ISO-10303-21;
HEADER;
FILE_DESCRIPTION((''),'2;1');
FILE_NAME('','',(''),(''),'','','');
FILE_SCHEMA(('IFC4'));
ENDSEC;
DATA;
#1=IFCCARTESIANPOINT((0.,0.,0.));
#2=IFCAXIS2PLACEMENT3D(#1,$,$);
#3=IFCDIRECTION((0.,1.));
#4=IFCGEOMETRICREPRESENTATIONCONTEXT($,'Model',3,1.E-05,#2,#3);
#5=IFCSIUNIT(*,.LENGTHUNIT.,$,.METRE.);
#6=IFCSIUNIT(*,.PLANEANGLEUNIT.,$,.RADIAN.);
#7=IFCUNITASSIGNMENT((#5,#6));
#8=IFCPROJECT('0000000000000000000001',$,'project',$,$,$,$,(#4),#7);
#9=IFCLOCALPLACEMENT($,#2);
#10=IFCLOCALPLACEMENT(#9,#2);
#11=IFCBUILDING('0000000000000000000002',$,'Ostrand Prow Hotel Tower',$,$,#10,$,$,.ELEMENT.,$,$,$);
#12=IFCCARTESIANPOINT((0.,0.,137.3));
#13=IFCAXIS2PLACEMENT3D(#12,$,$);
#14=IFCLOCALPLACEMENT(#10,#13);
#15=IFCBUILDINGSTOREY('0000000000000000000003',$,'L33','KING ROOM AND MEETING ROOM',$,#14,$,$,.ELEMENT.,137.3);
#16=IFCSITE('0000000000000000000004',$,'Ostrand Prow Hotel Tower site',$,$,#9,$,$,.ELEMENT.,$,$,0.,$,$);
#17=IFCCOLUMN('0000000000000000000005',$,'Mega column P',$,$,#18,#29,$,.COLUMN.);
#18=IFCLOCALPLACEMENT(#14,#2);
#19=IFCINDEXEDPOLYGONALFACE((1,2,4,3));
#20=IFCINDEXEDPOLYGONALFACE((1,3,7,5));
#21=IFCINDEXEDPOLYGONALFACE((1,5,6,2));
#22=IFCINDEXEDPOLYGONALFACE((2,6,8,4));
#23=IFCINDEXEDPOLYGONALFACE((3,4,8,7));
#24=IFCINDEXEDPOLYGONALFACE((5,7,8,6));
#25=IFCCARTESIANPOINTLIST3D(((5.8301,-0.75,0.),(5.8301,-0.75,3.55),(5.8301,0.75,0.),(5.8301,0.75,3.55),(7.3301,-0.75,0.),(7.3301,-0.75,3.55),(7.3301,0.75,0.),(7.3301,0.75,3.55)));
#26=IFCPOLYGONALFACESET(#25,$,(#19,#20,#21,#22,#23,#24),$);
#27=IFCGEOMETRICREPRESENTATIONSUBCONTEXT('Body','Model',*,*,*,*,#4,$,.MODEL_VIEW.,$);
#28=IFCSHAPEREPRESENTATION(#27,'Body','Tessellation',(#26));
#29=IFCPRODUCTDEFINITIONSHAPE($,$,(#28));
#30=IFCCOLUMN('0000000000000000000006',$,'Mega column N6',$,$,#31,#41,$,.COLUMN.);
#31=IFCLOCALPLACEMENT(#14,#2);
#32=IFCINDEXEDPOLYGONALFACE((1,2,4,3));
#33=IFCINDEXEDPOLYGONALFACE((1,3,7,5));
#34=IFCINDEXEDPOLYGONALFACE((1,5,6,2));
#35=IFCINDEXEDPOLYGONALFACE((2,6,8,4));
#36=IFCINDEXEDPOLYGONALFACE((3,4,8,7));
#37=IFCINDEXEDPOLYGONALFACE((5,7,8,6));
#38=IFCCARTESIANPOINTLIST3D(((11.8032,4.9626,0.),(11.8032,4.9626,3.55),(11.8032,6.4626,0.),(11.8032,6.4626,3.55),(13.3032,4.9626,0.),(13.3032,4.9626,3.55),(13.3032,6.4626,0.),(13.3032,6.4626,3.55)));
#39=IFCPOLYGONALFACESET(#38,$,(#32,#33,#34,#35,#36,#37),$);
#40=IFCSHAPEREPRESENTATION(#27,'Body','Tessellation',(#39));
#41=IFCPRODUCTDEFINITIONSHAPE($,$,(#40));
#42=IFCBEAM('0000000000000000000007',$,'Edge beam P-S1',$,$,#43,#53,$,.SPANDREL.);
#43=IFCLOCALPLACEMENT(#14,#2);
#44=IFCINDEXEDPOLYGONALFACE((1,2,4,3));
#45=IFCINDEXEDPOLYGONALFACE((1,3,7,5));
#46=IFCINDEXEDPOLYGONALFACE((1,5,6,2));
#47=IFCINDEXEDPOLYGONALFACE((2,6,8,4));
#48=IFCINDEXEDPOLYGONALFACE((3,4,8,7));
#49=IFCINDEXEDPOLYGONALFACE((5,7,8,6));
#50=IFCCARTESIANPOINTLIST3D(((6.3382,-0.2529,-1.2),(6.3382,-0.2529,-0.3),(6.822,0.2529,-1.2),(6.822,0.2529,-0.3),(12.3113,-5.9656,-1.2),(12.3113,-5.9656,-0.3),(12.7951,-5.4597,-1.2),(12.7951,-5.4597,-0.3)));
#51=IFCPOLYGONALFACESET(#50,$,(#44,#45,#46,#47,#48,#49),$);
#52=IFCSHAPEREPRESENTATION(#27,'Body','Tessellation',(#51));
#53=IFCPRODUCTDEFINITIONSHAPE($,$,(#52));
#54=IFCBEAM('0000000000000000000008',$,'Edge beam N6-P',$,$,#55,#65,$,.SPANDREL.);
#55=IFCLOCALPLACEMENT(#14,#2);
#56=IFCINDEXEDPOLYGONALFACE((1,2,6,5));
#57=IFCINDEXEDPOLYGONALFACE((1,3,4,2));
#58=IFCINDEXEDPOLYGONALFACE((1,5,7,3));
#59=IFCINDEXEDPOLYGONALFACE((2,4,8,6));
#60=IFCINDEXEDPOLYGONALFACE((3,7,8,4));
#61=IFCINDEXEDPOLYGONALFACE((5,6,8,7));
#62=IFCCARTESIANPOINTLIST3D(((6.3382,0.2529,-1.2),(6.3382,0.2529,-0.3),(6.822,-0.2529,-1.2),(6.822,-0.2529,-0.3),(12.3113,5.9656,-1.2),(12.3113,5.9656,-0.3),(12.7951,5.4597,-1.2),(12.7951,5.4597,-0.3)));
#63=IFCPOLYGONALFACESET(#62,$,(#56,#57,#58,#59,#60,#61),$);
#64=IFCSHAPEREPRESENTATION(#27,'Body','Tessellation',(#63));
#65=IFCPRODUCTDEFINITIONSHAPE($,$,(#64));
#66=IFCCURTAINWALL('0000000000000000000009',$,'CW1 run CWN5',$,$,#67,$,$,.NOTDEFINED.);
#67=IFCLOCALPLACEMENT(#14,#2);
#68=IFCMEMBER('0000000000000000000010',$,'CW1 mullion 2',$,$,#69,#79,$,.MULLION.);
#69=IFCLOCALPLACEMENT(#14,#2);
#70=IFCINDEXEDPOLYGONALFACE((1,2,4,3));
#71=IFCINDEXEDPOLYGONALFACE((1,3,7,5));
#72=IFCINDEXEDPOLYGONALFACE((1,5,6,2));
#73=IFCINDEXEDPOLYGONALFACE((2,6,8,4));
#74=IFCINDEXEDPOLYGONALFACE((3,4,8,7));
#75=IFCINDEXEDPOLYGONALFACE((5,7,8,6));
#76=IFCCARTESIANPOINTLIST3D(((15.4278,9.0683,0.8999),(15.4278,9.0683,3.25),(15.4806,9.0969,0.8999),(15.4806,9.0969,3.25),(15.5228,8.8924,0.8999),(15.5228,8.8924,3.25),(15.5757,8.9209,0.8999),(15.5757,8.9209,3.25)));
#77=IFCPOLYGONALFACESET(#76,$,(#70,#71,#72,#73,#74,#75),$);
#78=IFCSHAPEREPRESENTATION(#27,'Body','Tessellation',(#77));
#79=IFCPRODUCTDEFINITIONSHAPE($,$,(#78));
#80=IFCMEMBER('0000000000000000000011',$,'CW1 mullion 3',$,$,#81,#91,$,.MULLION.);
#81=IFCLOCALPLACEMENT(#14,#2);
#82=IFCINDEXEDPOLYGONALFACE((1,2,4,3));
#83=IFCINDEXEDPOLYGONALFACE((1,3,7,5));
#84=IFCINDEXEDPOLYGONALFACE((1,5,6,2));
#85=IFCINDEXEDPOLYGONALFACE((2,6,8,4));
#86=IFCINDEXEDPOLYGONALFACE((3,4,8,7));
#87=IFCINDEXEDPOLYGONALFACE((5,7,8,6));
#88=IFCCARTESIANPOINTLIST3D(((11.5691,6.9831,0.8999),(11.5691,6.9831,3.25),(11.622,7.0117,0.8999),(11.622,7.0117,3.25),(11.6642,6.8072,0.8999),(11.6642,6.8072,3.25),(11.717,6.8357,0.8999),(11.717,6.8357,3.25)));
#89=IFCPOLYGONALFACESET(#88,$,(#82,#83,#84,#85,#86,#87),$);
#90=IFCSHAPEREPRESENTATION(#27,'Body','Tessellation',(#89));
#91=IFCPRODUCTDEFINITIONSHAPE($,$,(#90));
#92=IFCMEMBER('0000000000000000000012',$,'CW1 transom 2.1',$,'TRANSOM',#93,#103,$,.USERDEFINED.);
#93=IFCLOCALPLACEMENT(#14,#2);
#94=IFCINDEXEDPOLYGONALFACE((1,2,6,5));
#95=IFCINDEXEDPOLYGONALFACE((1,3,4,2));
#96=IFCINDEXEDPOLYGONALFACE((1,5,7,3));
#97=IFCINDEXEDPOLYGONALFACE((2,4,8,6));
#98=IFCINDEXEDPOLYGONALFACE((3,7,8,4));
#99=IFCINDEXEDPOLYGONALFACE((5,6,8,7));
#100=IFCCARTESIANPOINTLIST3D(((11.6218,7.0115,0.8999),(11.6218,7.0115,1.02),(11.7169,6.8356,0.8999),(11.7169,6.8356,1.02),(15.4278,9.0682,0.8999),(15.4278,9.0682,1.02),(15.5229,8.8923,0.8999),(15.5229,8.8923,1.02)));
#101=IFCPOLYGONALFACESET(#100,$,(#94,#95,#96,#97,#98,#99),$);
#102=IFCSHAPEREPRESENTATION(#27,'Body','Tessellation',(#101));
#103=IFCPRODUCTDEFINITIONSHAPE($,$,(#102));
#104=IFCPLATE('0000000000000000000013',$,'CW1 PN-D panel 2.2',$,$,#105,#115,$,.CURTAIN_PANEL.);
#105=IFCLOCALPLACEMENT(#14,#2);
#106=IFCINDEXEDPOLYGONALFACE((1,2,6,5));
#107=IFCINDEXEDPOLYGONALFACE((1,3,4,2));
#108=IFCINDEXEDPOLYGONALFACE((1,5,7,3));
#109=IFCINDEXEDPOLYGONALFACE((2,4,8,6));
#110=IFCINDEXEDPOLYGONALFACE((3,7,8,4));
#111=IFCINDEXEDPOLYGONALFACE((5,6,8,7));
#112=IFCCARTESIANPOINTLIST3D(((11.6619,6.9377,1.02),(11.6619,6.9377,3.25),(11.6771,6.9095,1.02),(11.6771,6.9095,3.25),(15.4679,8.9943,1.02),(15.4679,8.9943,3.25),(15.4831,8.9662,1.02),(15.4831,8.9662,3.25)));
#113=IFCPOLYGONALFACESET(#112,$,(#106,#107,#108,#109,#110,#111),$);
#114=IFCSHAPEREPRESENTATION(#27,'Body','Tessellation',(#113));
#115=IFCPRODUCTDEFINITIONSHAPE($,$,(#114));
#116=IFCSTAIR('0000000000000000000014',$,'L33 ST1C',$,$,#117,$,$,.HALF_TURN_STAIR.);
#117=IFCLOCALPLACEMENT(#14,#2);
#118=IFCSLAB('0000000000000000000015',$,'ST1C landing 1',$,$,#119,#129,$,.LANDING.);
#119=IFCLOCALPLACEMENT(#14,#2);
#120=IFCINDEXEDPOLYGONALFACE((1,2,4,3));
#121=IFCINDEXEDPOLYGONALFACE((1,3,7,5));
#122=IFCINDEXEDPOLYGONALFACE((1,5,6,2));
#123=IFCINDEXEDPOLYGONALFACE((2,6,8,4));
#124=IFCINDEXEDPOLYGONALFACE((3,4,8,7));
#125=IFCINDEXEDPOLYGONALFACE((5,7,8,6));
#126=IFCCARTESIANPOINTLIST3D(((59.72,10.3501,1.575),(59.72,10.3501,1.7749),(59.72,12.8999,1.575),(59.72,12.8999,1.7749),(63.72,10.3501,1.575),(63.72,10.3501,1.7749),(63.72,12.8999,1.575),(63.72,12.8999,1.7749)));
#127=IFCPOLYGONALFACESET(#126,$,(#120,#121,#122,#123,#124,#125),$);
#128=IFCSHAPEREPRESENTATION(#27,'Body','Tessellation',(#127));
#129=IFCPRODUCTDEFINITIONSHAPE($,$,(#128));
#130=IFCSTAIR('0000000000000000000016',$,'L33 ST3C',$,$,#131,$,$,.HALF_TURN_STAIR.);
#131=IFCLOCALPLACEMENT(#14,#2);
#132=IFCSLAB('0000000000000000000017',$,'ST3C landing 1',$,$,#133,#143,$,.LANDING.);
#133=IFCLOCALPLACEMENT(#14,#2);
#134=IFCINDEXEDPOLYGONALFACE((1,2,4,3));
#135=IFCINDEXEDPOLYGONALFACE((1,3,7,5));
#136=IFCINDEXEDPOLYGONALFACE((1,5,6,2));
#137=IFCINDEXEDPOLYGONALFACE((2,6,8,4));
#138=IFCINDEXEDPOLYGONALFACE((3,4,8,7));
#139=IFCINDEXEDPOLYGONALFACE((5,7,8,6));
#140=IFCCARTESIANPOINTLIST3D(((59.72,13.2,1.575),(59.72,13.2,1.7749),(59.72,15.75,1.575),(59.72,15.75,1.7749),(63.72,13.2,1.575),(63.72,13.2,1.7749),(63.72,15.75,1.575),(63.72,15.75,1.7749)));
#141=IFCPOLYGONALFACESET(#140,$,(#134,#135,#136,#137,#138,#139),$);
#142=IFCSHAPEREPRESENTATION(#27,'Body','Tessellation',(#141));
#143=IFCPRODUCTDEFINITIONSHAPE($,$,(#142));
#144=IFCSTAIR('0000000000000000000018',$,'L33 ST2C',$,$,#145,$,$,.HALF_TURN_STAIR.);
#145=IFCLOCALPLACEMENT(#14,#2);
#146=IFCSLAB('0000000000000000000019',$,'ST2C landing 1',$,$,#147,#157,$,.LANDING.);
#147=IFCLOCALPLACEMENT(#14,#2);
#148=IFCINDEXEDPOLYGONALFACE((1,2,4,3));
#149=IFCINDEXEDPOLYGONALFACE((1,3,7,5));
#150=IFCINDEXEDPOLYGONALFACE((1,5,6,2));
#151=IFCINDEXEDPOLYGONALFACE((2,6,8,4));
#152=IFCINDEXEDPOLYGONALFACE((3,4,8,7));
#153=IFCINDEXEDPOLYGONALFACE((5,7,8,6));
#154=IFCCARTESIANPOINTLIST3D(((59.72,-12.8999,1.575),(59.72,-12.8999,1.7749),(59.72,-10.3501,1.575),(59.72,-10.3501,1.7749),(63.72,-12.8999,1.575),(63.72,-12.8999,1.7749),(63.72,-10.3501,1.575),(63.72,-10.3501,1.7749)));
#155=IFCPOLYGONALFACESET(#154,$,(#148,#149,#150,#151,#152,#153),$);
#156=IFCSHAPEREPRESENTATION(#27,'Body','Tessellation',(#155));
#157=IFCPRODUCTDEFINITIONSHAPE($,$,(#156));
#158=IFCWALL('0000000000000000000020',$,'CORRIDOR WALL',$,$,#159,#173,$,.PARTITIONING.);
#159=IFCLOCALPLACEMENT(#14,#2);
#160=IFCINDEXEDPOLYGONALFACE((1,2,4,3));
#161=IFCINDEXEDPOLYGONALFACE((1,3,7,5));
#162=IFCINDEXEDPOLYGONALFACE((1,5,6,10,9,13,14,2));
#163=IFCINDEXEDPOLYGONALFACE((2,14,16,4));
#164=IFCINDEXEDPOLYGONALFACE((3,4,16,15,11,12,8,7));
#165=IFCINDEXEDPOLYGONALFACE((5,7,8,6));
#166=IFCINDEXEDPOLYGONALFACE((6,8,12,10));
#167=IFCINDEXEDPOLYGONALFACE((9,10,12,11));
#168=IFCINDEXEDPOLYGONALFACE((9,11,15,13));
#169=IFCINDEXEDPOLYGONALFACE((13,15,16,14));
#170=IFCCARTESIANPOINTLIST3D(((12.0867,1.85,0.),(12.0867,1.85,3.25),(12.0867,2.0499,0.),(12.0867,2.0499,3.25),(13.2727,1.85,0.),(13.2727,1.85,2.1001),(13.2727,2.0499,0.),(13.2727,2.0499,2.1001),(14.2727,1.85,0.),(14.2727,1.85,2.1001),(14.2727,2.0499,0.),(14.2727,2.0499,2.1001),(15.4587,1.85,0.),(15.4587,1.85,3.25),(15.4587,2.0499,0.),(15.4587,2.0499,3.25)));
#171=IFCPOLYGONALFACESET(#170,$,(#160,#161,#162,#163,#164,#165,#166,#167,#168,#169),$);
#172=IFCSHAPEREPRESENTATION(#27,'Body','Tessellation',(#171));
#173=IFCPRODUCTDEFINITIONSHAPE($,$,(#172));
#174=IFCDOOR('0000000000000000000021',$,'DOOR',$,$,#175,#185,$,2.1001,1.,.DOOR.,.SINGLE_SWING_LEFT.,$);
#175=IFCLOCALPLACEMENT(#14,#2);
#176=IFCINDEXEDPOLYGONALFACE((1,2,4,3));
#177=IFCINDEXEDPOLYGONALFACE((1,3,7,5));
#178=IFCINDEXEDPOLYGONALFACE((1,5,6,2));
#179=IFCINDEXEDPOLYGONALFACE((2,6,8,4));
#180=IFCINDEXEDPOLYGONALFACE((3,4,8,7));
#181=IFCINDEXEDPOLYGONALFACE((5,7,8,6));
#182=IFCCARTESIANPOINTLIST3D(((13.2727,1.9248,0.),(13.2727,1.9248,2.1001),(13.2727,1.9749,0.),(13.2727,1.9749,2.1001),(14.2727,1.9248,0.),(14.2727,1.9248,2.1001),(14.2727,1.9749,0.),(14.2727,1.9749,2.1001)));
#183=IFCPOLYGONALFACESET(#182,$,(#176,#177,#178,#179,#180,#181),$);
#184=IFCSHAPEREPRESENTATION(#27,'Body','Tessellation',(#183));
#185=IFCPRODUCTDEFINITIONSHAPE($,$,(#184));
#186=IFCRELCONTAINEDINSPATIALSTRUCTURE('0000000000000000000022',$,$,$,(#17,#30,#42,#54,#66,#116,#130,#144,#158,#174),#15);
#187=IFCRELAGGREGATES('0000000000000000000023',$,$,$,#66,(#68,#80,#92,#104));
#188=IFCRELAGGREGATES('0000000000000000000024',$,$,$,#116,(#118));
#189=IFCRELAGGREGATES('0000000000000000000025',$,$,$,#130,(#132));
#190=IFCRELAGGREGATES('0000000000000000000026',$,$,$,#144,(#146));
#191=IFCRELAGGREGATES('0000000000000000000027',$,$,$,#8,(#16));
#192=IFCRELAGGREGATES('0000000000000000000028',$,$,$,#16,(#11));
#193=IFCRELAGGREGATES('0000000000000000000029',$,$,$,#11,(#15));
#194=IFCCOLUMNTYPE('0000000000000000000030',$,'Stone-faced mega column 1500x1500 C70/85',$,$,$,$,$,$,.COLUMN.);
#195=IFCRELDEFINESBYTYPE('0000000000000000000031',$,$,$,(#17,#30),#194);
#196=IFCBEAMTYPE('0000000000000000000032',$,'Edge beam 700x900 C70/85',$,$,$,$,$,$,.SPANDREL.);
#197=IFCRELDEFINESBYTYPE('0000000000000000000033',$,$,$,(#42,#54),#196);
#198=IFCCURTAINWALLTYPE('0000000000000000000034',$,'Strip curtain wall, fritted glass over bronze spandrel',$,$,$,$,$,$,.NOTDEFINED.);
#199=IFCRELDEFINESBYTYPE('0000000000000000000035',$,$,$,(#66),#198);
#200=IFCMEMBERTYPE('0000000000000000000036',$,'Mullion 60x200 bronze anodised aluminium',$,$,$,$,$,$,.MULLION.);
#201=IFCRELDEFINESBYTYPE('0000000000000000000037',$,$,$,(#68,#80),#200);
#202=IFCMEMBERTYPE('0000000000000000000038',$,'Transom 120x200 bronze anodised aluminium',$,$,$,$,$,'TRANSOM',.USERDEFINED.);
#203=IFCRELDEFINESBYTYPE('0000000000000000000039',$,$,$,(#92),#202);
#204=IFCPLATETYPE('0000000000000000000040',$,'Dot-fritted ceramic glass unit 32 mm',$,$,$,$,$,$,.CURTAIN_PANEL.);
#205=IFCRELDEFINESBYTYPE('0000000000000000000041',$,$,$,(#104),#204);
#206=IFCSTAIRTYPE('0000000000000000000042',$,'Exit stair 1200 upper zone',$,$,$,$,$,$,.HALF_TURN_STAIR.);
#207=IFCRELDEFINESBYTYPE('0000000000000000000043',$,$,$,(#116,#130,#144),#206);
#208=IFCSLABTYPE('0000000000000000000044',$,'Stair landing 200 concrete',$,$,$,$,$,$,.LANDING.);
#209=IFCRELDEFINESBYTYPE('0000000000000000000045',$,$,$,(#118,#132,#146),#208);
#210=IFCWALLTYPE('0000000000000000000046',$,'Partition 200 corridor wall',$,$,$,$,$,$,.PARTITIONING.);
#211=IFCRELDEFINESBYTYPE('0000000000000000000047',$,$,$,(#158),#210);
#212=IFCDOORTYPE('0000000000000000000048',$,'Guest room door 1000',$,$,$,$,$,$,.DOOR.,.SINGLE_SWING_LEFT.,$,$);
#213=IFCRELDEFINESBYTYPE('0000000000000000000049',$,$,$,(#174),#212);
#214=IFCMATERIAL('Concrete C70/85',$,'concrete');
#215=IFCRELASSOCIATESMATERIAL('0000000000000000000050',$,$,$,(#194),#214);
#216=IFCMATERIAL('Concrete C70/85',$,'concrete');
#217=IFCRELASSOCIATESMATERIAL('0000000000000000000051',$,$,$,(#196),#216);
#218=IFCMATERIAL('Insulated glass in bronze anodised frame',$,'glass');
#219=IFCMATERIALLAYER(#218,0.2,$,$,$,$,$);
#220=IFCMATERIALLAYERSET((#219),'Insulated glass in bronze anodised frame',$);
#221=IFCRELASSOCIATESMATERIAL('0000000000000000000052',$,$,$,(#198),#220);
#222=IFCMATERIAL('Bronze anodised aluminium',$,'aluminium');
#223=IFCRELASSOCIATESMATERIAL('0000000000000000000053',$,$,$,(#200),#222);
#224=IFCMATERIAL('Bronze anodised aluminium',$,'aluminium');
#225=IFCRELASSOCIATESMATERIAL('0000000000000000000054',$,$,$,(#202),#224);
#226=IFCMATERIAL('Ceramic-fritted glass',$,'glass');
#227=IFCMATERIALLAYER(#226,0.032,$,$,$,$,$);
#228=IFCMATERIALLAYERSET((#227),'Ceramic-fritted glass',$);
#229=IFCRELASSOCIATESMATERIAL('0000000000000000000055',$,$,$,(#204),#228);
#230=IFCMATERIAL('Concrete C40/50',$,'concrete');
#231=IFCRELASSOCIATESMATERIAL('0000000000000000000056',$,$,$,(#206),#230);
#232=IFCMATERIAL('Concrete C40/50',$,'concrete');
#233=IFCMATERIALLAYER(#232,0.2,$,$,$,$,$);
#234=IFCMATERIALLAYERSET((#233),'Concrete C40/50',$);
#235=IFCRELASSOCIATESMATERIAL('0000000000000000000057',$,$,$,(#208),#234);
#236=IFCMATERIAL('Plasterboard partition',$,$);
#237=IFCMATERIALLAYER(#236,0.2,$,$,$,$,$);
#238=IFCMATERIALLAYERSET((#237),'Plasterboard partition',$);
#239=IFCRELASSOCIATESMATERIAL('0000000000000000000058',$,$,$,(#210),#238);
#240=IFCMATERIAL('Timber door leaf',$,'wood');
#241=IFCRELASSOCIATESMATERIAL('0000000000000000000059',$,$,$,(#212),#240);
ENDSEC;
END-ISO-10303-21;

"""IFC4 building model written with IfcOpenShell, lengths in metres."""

from ifc_helpers import new_model, si_unit, direction, frame, frame_2d, origin, origin_2d, place, context, subcontext, project, spatial, polyline, rectangle, outline, extrude, material, layer, layer_set, material_profile, profile_set, type_object, element, fill, aggregate, save


model = new_model("IFC4")

# Units and contexts
model_context = context("Model", 3, precision=1e-05, world=origin(), true_north=direction((0.0, 1.0)))
body_context = subcontext(model_context, "Body", "Model", "MODEL_VIEW")
ifc_project = project(units=[si_unit("LENGTHUNIT", "METRE"), si_unit("PLANEANGLEUNIT", "RADIAN")], contexts=[model_context])

# Site, building, storey
site_placement = place(None, origin())
site = spatial("IfcSite", under=ifc_project, at=site_placement, Name="Ostrand Prow Hotel Tower site", CompositionType="ELEMENT", RefElevation=0.0)
building_placement = place(site_placement, origin())
building = spatial("IfcBuilding", under=site, at=building_placement, Name="Ostrand Prow Hotel Tower", CompositionType="ELEMENT")
storey_placement = place(building_placement, frame((0.0, 0.0, 137.3)))
storey = spatial("IfcBuildingStorey", under=building, at=storey_placement, Name="L33", Description="KING ROOM AND MEETING ROOM", CompositionType="ELEMENT", Elevation=137.3)

# Columns
ifc_material_1 = material(Name="Concrete C70/85", Category="concrete")
ifc_material_profile_1 = material_profile(ifc_material_1, rectangle(XDim=1.5, YDim=1.5, at=origin_2d()), Name="RC 1500x1500")
ifc_profile_set_1 = profile_set([ifc_material_profile_1], Name="Concrete C70/85")
column_type = type_object("IfcColumnType", Name="Stone-faced mega column 1500x1500 C70/85", PredefinedType="COLUMN", material=ifc_profile_set_1)
for number, where, z_axis, x_axis, name in (
    (1, (6.5801, 0.0, 0.0), (0.0, 0.0, 1.0), (1.0, 0.0, 0.0), "Mega column P"),
    (2, (12.5532, 5.7126, 0.0), (0.0, 0.0, 1.0), (1.0, 0.0, 0.0), "Mega column N6"),
):
    element("IfcColumn", number, at=place(storey_placement, frame(where, z_axis=z_axis, x_axis=x_axis)), inside=storey, type_object=column_type, Name=name, PredefinedType="COLUMN", context=body_context, shape_type="SweptSolid", body=[
        extrude(rectangle(XDim=1.5, YDim=1.5, at=origin_2d()), origin(), (0.0, 0.0, 1.0), 3.55),
    ])

# Beams
ifc_material_2 = material(Name="Concrete C70/85", Category="concrete")
ifc_material_profile_2 = material_profile(ifc_material_2, rectangle(XDim=0.7, YDim=0.8999, at=origin_2d()), Name="RC 700x900")
ifc_profile_set_2 = profile_set([ifc_material_profile_2], Name="Concrete C70/85")
beam_type = type_object("IfcBeamType", Name="Edge beam 700x900 C70/85", PredefinedType="SPANDREL", material=ifc_profile_set_2)
for number, where, z_axis, x_axis, name in (
    (3, (6.5801, 0.0, -0.75), (0.72269, -0.691172, 0.0), (0.691172, 0.72269, 0.0), "Edge beam P-S1"),
    (4, (12.5532, 5.7126, -0.75), (-0.72269, -0.691172, 0.0), (0.691172, -0.72269, 0.0), "Edge beam N6-P"),
):
    element("IfcBeam", number, at=place(storey_placement, frame(where, z_axis=z_axis, x_axis=x_axis)), inside=storey, type_object=beam_type, Name=name, PredefinedType="SPANDREL", context=body_context, shape_type="SweptSolid", body=[
        extrude(rectangle(XDim=0.7, YDim=0.8999, at=origin_2d()), origin(), (0.0, 0.0, 1.0), 8.2651),
    ])

# Curtain wall, members, plate
ifc_material_3 = material(Name="Insulated glass in bronze anodised frame", Category="glass")
ifc_layer_1 = layer(ifc_material_3, 0.2)
ifc_layer_set_1 = layer_set([ifc_layer_1], Name="Insulated glass in bronze anodised frame")
curtain_wall_type = type_object("IfcCurtainWallType", Name="Strip curtain wall, fritted glass over bronze spandrel", PredefinedType="NOTDEFINED", material=ifc_layer_set_1)
curtain_wall_placement = place(storey_placement, origin())
curtain_wall = element("IfcCurtainWall", 5, at=curtain_wall_placement, inside=storey, type_object=curtain_wall_type, Name="CW1 run CWN5", PredefinedType="NOTDEFINED")
ifc_material_4 = material(Name="Bronze anodised aluminium", Category="aluminium")
ifc_material_profile_3 = material_profile(ifc_material_4, rectangle(XDim=0.2, YDim=0.0601, at=origin_2d()), Name="Mullion 60x200 bronze anodised aluminium")
ifc_profile_set_3 = profile_set([ifc_material_profile_3], Name="Bronze anodised aluminium")
member_type_1 = type_object("IfcMemberType", Name="Mullion 60x200 bronze anodised aluminium", PredefinedType="MULLION", material=ifc_profile_set_3)
member_1_placement = place(storey_placement, frame((15.5017, 8.9946, 0.8999), z_axis=(0.0, 0.0, 1.0), x_axis=(0.475394, -0.879773, 0.0)))
member_1 = element("IfcMember", 6, at=member_1_placement, type_object=member_type_1, Name="CW1 mullion 2", PredefinedType="MULLION", context=body_context, shape_type="SweptSolid", body=[
    extrude(rectangle(XDim=0.2, YDim=0.0601, at=origin_2d()), origin(), (0.0, 0.0, 1.0), 2.3501),
])
member_2_placement = place(storey_placement, frame((11.6431, 6.9094, 0.8999), z_axis=(0.0, 0.0, 1.0), x_axis=(0.475394, -0.879773, 0.0)))
member_2 = element("IfcMember", 7, at=member_2_placement, type_object=member_type_1, Name="CW1 mullion 3", PredefinedType="MULLION", context=body_context, shape_type="SweptSolid", body=[
    extrude(rectangle(XDim=0.2, YDim=0.0601, at=origin_2d()), origin(), (0.0, 0.0, 1.0), 2.3501),
])
ifc_material_5 = material(Name="Bronze anodised aluminium", Category="aluminium")
ifc_material_profile_4 = material_profile(ifc_material_5, rectangle(XDim=0.2, YDim=0.1201, at=origin_2d()), Name="Transom 120x200 bronze anodised aluminium")
ifc_profile_set_4 = profile_set([ifc_material_profile_4], Name="Bronze anodised aluminium")
member_type_2 = type_object("IfcMemberType", Name="Transom 120x200 bronze anodised aluminium", ElementType="TRANSOM", PredefinedType="USERDEFINED", material=ifc_profile_set_4)
member_3_placement = place(storey_placement, frame((15.4753, 8.9802, 0.96), z_axis=(-0.879765, -0.475408, 0.0), x_axis=(0.475408, -0.879765, 0.0)))
member_3 = element("IfcMember", 8, at=member_3_placement, type_object=member_type_2, Name="CW1 transom 2.1", ObjectType="TRANSOM", PredefinedType="USERDEFINED", context=body_context, shape_type="SweptSolid", body=[
    extrude(rectangle(XDim=0.2, YDim=0.1201, at=origin_2d()), origin(), (0.0, 0.0, 1.0), 4.3262),
])
ifc_material_6 = material(Name="Ceramic-fritted glass", Category="glass")
ifc_layer_2 = layer(ifc_material_6, 0.032)
ifc_layer_set_2 = layer_set([ifc_layer_2], Name="Ceramic-fritted glass")
plate_type = type_object("IfcPlateType", Name="Dot-fritted ceramic glass unit 32 mm", PredefinedType="CURTAIN_PANEL", material=ifc_layer_set_2)
plate_placement = place(storey_placement, frame((13.5725, 7.9519, 1.02), z_axis=(0.0, 0.0, 1.0), x_axis=(-0.879773, -0.475394, 0.0)))
plate = element("IfcPlate", 9, at=plate_placement, type_object=plate_type, Name="CW1 PN-D panel 2.2", PredefinedType="CURTAIN_PANEL", context=body_context, shape_type="SweptSolid", body=[
    extrude(rectangle(XDim=4.3262, YDim=0.032, at=origin_2d()), origin(), (0.0, 0.0, 1.0), 2.23),
])
aggregate(curtain_wall, [member_1, member_2, member_3, plate])

# Stairs, slabs
ifc_material_7 = material(Name="Concrete C40/50", Category="concrete")
stair_type = type_object("IfcStairType", Name="Exit stair 1200 upper zone", PredefinedType="HALF_TURN_STAIR", material=ifc_material_7)
stair_1_placement = place(storey_placement, origin())
stair_1 = element("IfcStair", 10, at=stair_1_placement, inside=storey, type_object=stair_type, Name="L33 ST1C", PredefinedType="HALF_TURN_STAIR")
ifc_material_8 = material(Name="Concrete C40/50", Category="concrete")
ifc_layer_3 = layer(ifc_material_8, 0.2)
ifc_layer_set_3 = layer_set([ifc_layer_3], Name="Concrete C40/50")
slab_type = type_object("IfcSlabType", Name="Stair landing 200 concrete", PredefinedType="LANDING", material=ifc_layer_set_3)
slab_1_placement = place(storey_placement, frame((0.0, 0.0, 1.575)))
slab_1 = element("IfcSlab", 11, at=slab_1_placement, type_object=slab_type, Name="ST1C landing 1", PredefinedType="LANDING", context=body_context, shape_type="SweptSolid", body=[
    extrude(outline(polyline([(59.72, 10.3501), (63.72, 10.3501), (63.72, 12.8999), (59.72, 12.8999), (59.72, 10.3501)])), origin(), (0.0, 0.0, 1.0), 0.2),
])
aggregate(stair_1, [slab_1])
stair_2_placement = place(storey_placement, origin())
stair_2 = element("IfcStair", 12, at=stair_2_placement, inside=storey, type_object=stair_type, Name="L33 ST3C", PredefinedType="HALF_TURN_STAIR")
slab_2_placement = place(storey_placement, frame((0.0, 0.0, 1.575)))
slab_2 = element("IfcSlab", 13, at=slab_2_placement, type_object=slab_type, Name="ST3C landing 1", PredefinedType="LANDING", context=body_context, shape_type="SweptSolid", body=[
    extrude(outline(polyline([(59.72, 13.2), (63.72, 13.2), (63.72, 15.75), (59.72, 15.75), (59.72, 13.2)])), origin(), (0.0, 0.0, 1.0), 0.2),
])
aggregate(stair_2, [slab_2])
stair_3_placement = place(storey_placement, origin())
stair_3 = element("IfcStair", 14, at=stair_3_placement, inside=storey, type_object=stair_type, Name="L33 ST2C", PredefinedType="HALF_TURN_STAIR")
slab_3_placement = place(storey_placement, frame((0.0, 0.0, 1.575)))
slab_3 = element("IfcSlab", 15, at=slab_3_placement, type_object=slab_type, Name="ST2C landing 1", PredefinedType="LANDING", context=body_context, shape_type="SweptSolid", body=[
    extrude(outline(polyline([(59.72, -12.8999), (63.72, -12.8999), (63.72, -10.3501), (59.72, -10.3501), (59.72, -12.8999)])), origin(), (0.0, 0.0, 1.0), 0.2),
])
aggregate(stair_3, [slab_3])

# Wall, opening, door
ifc_material_9 = material(Name="Plasterboard partition")
ifc_layer_4 = layer(ifc_material_9, 0.2)
ifc_layer_set_4 = layer_set([ifc_layer_4], Name="Plasterboard partition")
wall_type_1 = type_object("IfcWallType", Name="Partition 200 corridor wall", PredefinedType="PARTITIONING", material=ifc_layer_set_4)
wall_1_placement = place(storey_placement, frame((12.0867, 1.95, 0.0), z_axis=(0.0, 0.0, 1.0), x_axis=(1.0, 0.0, 0.0)))
wall_1 = element("IfcWall", 16, at=wall_1_placement, inside=storey, type_object=wall_type_1, Name="CORRIDOR WALL", PredefinedType="PARTITIONING", context=body_context, shape_type="SweptSolid", body=[
    extrude(rectangle(XDim=3.3721, YDim=0.2, at=frame_2d((1.686, 0.0))), origin(), (0.0, 0.0, 1.0), 3.25),
])
opening_1_placement = place(wall_1_placement, frame((1.186, 0.0, 0.0)))
opening_1 = element("IfcOpeningElement", 17, at=opening_1_placement, cuts=wall_1, PredefinedType="OPENING", context=body_context, shape_type="SweptSolid", body=[
    extrude(rectangle(XDim=1.0, YDim=2.1001, at=frame_2d((0.5, 1.05))), frame((0.0, 0.1099, 0.0), z_axis=(0.0, -1.0, 0.0), x_axis=(1.0, 0.0, 0.0)), (0.0, 0.0, 1.0), 0.22),
])
ifc_material_10 = material(Name="Timber door leaf", Category="wood")
door_type = type_object("IfcDoorType", Name="Guest room door 1000", OperationType="SINGLE_SWING_LEFT", PredefinedType="DOOR", material=ifc_material_10)
door_placement = place(opening_1_placement, origin())
door = element("IfcDoor", 18, at=door_placement, inside=storey, type_object=door_type, Name="DOOR", OperationType="SINGLE_SWING_LEFT", OverallHeight=2.1001, OverallWidth=1.0, PredefinedType="DOOR", context=body_context, shape_type="SweptSolid", body=[
    extrude(rectangle(XDim=1.0, YDim=2.1001, at=frame_2d((0.5, 1.05))), frame((0.0, 0.0249, 0.0), z_axis=(0.0, -1.0, 0.0), x_axis=(1.0, 0.0, 0.0)), (0.0, 0.0, 1.0), 0.05),
])
fill(opening_1, door)

save(model, "model.ifc")
